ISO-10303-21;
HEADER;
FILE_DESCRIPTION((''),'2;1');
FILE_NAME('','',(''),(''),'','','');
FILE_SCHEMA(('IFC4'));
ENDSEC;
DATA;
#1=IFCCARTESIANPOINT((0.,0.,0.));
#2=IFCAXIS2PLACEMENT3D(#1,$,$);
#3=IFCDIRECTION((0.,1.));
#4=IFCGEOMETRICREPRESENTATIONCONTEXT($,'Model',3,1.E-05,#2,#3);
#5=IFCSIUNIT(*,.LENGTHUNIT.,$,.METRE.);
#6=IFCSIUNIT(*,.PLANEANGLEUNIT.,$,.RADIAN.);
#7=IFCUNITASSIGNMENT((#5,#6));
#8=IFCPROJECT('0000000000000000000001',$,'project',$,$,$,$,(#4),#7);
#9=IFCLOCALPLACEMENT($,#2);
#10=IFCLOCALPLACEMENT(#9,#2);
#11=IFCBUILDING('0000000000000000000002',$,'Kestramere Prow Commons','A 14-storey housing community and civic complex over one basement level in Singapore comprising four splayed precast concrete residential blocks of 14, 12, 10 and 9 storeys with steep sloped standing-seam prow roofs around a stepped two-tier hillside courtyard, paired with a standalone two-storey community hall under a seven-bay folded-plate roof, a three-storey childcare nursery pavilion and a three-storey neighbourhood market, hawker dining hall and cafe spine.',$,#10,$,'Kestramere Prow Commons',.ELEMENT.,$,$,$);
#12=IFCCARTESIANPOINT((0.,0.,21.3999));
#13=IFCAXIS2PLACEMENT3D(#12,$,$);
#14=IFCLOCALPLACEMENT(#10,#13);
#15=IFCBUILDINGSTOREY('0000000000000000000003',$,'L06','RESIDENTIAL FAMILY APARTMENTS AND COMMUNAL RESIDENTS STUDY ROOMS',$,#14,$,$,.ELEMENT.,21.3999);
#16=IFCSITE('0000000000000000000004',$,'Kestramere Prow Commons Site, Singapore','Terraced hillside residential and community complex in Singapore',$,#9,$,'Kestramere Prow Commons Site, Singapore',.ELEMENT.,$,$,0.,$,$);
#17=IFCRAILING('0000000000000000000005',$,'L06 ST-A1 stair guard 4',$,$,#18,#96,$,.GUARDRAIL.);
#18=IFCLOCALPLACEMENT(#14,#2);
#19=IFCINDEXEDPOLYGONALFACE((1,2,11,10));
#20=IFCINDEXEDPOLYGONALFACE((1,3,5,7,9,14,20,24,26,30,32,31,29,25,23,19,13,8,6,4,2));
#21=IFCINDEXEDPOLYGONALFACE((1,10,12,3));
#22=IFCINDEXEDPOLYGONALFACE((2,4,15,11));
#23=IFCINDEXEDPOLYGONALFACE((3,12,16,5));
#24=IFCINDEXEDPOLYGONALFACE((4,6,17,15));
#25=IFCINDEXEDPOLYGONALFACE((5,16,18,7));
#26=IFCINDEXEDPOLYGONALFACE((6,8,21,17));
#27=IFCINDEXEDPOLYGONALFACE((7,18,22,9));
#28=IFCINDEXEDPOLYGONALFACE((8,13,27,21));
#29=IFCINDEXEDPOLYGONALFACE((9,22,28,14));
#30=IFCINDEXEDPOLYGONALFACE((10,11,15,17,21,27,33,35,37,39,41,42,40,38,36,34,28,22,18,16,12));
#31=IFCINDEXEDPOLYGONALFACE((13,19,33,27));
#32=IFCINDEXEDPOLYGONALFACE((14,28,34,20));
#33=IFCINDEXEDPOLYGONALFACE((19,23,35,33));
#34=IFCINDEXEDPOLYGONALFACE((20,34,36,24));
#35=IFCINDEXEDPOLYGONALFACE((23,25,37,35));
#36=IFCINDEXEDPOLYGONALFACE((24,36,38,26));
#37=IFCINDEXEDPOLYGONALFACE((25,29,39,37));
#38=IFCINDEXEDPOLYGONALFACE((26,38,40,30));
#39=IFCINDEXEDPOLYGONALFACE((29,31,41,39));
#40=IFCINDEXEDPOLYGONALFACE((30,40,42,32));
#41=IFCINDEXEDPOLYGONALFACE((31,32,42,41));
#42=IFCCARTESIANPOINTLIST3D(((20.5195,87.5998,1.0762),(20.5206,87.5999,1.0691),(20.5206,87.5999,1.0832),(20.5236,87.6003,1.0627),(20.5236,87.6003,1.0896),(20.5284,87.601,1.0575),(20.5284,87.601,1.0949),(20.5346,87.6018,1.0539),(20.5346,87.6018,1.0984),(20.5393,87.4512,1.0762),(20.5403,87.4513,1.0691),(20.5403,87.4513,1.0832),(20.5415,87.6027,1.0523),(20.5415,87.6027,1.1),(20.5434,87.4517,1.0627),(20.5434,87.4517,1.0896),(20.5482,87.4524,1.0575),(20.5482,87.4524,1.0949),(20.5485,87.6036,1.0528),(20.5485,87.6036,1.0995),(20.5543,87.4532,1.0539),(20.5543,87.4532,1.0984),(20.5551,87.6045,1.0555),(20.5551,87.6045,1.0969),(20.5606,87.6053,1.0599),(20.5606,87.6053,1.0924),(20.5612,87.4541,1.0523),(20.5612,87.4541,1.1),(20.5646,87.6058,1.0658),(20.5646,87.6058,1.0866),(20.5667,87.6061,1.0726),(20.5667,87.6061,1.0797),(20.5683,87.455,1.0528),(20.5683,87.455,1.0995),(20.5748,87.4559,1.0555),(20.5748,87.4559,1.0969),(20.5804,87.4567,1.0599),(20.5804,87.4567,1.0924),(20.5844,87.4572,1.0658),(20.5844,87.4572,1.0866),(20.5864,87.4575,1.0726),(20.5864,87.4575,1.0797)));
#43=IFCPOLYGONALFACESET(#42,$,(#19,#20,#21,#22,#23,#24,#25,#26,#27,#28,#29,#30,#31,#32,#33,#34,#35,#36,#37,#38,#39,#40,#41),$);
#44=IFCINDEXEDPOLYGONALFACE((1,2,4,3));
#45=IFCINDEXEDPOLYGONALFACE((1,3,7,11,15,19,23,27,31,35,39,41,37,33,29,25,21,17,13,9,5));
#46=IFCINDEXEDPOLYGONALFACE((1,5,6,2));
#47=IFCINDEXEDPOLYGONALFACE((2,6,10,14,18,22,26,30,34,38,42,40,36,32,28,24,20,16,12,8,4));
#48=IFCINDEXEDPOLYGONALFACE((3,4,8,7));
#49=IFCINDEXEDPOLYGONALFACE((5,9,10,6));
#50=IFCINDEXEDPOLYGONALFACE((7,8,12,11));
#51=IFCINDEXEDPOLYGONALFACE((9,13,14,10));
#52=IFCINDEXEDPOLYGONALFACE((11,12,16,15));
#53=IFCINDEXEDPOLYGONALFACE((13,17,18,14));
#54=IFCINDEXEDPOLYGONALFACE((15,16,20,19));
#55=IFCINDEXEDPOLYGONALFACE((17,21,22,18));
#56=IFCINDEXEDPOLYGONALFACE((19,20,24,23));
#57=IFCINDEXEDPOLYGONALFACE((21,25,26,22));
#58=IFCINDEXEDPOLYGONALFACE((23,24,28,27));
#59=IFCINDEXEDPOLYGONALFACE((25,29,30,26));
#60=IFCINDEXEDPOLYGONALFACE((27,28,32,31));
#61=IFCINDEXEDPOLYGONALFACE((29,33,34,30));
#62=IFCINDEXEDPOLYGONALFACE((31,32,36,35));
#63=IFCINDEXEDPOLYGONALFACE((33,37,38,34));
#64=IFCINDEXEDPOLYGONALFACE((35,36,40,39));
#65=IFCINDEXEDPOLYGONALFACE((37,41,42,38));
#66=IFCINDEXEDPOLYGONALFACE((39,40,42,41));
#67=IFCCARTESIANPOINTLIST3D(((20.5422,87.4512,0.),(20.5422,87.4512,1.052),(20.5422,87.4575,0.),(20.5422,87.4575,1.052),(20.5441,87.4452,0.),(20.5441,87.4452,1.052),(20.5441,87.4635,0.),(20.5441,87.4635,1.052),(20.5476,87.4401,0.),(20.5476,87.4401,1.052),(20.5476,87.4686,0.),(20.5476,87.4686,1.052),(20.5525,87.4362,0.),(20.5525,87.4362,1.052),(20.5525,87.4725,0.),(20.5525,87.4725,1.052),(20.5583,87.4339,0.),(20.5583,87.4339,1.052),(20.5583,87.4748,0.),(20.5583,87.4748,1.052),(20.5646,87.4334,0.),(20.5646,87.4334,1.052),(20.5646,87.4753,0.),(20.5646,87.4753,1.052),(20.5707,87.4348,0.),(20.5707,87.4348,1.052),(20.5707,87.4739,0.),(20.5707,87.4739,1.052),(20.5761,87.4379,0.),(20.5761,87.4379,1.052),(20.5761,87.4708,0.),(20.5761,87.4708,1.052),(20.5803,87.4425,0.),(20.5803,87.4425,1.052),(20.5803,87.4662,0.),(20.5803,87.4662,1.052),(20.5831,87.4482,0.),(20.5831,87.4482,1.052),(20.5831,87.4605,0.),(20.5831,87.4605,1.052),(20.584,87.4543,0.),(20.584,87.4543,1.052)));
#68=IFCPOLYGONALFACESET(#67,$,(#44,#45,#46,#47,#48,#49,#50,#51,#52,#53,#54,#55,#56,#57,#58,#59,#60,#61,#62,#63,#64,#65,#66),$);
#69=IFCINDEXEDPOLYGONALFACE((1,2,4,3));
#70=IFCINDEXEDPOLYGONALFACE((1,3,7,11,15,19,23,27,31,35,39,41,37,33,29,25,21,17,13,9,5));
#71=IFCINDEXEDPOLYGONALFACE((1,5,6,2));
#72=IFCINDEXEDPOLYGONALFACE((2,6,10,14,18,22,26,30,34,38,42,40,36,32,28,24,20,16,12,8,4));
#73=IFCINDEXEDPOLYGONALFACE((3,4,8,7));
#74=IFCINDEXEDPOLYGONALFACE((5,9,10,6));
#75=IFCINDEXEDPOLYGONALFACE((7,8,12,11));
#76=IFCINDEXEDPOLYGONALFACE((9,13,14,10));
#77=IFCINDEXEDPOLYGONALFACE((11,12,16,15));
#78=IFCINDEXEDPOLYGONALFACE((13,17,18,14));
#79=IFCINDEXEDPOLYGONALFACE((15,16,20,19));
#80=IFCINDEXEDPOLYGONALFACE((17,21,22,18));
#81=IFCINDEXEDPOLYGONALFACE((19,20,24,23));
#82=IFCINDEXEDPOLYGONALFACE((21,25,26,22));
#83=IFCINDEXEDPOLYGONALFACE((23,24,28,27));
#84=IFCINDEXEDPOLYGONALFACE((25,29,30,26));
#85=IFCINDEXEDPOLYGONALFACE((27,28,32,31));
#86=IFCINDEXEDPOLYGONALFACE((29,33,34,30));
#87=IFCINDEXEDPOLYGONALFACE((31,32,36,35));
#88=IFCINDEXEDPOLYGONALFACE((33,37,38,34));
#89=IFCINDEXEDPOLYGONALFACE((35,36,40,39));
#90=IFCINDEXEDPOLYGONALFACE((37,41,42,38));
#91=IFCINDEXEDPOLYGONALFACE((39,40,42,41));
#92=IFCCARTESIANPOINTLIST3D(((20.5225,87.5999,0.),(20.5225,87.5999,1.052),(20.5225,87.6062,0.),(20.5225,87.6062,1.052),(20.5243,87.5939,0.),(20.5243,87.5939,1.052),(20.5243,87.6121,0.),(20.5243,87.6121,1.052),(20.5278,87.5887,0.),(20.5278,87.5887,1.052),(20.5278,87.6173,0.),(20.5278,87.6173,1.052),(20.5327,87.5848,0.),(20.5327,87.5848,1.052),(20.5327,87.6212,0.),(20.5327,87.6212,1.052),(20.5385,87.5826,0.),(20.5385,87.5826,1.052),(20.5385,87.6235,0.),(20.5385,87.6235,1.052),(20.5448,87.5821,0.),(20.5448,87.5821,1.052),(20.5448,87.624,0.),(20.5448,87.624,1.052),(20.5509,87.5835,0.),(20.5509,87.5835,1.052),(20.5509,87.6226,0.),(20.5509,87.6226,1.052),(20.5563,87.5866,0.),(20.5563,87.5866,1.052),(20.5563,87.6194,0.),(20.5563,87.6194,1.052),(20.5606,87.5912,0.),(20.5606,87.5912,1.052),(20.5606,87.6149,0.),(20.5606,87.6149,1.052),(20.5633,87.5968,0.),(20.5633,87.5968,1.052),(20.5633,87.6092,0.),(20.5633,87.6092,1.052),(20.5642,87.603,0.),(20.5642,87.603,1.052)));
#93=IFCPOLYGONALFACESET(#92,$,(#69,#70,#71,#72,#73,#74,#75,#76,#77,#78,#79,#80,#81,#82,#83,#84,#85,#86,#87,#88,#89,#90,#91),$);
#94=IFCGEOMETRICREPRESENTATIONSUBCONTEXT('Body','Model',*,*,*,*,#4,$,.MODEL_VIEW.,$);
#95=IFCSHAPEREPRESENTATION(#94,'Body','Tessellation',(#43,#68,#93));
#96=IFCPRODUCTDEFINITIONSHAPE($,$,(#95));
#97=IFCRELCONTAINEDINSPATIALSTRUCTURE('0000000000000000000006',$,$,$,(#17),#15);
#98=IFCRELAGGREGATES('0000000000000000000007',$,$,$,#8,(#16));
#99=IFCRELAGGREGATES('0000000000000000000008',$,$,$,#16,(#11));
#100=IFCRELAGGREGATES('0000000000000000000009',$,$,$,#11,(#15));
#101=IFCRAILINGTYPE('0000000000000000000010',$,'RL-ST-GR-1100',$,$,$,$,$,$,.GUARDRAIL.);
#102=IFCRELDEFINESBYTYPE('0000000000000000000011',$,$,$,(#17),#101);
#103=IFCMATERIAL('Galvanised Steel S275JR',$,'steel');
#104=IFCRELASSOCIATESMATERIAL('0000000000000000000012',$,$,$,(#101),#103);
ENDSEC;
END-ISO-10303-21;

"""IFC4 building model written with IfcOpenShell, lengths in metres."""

from ifc_helpers import new_model, si_unit, direction, frame, origin, origin_2d, place, context, subcontext, project, spatial, circle, extrude, material, type_object, element, save


model = new_model("IFC4")

# Units and contexts
model_context = context("Model", 3, precision=1e-05, world=origin(), true_north=direction((0.0, 1.0)))
body_context = subcontext(model_context, "Body", "Model", "MODEL_VIEW")
ifc_project = project(units=[si_unit("LENGTHUNIT", "METRE"), si_unit("PLANEANGLEUNIT", "RADIAN")], contexts=[model_context])

# Site, building, storey
site_placement = place(None, origin())
site = spatial("IfcSite", under=ifc_project, at=site_placement, Name="Kestramere Prow Commons Site, Singapore", Description="Terraced hillside residential and community complex in Singapore", LongName="Kestramere Prow Commons Site, Singapore", CompositionType="ELEMENT", RefElevation=0.0)
building_placement = place(site_placement, origin())
building = spatial("IfcBuilding", under=site, at=building_placement, Name="Kestramere Prow Commons", Description="A 14-storey housing community and civic complex over one basement level in Singapore comprising four splayed precast concrete residential blocks of 14, 12, 10 and 9 storeys with steep sloped standing-seam prow roofs around a stepped two-tier hillside courtyard, paired with a standalone two-storey community hall under a seven-bay folded-plate roof, a three-storey childcare nursery pavilion and a three-storey neighbourhood market, hawker dining hall and cafe spine.", LongName="Kestramere Prow Commons", CompositionType="ELEMENT")
storey_placement = place(building_placement, frame((0.0, 0.0, 21.3999)))
storey = spatial("IfcBuildingStorey", under=building, at=storey_placement, Name="L06", Description="RESIDENTIAL FAMILY APARTMENTS AND COMMUNAL RESIDENTS STUDY ROOMS", CompositionType="ELEMENT", Elevation=21.3999)

# Railing
ifc_material_1 = material(Name="Galvanised Steel S275JR", Category="steel")
railing_type_1 = type_object("IfcRailingType", Name="RL-ST-GR-1100", PredefinedType="GUARDRAIL", material=ifc_material_1)
railing_1_placement = place(storey_placement, frame((20.563, 87.4543, 0.0)))
element("IfcRailing", 1, at=railing_1_placement, inside=storey, type_object=railing_type_1, Name="L06 ST-A1 stair guard 4", PredefinedType="GUARDRAIL", context=body_context, shape_type="SweptSolid", body=[
    extrude(circle(Radius=0.0239, at=origin_2d()), frame((0.0, 0.0, 1.0762), z_axis=(-0.131844, 0.99127, 0.0), x_axis=(-0.99127, -0.131844, 0.0)), (0.0, 0.0, 1.0), 0.1499),
    extrude(circle(Radius=0.021, at=origin_2d()), origin(), (0.0, 0.0, 1.0), 1.052),
    extrude(circle(Radius=0.021, at=origin_2d()), frame((-0.0198, 0.1487, 0.0)), (0.0, 0.0, 1.0), 1.052),
])

save(model, "model.ifc")
